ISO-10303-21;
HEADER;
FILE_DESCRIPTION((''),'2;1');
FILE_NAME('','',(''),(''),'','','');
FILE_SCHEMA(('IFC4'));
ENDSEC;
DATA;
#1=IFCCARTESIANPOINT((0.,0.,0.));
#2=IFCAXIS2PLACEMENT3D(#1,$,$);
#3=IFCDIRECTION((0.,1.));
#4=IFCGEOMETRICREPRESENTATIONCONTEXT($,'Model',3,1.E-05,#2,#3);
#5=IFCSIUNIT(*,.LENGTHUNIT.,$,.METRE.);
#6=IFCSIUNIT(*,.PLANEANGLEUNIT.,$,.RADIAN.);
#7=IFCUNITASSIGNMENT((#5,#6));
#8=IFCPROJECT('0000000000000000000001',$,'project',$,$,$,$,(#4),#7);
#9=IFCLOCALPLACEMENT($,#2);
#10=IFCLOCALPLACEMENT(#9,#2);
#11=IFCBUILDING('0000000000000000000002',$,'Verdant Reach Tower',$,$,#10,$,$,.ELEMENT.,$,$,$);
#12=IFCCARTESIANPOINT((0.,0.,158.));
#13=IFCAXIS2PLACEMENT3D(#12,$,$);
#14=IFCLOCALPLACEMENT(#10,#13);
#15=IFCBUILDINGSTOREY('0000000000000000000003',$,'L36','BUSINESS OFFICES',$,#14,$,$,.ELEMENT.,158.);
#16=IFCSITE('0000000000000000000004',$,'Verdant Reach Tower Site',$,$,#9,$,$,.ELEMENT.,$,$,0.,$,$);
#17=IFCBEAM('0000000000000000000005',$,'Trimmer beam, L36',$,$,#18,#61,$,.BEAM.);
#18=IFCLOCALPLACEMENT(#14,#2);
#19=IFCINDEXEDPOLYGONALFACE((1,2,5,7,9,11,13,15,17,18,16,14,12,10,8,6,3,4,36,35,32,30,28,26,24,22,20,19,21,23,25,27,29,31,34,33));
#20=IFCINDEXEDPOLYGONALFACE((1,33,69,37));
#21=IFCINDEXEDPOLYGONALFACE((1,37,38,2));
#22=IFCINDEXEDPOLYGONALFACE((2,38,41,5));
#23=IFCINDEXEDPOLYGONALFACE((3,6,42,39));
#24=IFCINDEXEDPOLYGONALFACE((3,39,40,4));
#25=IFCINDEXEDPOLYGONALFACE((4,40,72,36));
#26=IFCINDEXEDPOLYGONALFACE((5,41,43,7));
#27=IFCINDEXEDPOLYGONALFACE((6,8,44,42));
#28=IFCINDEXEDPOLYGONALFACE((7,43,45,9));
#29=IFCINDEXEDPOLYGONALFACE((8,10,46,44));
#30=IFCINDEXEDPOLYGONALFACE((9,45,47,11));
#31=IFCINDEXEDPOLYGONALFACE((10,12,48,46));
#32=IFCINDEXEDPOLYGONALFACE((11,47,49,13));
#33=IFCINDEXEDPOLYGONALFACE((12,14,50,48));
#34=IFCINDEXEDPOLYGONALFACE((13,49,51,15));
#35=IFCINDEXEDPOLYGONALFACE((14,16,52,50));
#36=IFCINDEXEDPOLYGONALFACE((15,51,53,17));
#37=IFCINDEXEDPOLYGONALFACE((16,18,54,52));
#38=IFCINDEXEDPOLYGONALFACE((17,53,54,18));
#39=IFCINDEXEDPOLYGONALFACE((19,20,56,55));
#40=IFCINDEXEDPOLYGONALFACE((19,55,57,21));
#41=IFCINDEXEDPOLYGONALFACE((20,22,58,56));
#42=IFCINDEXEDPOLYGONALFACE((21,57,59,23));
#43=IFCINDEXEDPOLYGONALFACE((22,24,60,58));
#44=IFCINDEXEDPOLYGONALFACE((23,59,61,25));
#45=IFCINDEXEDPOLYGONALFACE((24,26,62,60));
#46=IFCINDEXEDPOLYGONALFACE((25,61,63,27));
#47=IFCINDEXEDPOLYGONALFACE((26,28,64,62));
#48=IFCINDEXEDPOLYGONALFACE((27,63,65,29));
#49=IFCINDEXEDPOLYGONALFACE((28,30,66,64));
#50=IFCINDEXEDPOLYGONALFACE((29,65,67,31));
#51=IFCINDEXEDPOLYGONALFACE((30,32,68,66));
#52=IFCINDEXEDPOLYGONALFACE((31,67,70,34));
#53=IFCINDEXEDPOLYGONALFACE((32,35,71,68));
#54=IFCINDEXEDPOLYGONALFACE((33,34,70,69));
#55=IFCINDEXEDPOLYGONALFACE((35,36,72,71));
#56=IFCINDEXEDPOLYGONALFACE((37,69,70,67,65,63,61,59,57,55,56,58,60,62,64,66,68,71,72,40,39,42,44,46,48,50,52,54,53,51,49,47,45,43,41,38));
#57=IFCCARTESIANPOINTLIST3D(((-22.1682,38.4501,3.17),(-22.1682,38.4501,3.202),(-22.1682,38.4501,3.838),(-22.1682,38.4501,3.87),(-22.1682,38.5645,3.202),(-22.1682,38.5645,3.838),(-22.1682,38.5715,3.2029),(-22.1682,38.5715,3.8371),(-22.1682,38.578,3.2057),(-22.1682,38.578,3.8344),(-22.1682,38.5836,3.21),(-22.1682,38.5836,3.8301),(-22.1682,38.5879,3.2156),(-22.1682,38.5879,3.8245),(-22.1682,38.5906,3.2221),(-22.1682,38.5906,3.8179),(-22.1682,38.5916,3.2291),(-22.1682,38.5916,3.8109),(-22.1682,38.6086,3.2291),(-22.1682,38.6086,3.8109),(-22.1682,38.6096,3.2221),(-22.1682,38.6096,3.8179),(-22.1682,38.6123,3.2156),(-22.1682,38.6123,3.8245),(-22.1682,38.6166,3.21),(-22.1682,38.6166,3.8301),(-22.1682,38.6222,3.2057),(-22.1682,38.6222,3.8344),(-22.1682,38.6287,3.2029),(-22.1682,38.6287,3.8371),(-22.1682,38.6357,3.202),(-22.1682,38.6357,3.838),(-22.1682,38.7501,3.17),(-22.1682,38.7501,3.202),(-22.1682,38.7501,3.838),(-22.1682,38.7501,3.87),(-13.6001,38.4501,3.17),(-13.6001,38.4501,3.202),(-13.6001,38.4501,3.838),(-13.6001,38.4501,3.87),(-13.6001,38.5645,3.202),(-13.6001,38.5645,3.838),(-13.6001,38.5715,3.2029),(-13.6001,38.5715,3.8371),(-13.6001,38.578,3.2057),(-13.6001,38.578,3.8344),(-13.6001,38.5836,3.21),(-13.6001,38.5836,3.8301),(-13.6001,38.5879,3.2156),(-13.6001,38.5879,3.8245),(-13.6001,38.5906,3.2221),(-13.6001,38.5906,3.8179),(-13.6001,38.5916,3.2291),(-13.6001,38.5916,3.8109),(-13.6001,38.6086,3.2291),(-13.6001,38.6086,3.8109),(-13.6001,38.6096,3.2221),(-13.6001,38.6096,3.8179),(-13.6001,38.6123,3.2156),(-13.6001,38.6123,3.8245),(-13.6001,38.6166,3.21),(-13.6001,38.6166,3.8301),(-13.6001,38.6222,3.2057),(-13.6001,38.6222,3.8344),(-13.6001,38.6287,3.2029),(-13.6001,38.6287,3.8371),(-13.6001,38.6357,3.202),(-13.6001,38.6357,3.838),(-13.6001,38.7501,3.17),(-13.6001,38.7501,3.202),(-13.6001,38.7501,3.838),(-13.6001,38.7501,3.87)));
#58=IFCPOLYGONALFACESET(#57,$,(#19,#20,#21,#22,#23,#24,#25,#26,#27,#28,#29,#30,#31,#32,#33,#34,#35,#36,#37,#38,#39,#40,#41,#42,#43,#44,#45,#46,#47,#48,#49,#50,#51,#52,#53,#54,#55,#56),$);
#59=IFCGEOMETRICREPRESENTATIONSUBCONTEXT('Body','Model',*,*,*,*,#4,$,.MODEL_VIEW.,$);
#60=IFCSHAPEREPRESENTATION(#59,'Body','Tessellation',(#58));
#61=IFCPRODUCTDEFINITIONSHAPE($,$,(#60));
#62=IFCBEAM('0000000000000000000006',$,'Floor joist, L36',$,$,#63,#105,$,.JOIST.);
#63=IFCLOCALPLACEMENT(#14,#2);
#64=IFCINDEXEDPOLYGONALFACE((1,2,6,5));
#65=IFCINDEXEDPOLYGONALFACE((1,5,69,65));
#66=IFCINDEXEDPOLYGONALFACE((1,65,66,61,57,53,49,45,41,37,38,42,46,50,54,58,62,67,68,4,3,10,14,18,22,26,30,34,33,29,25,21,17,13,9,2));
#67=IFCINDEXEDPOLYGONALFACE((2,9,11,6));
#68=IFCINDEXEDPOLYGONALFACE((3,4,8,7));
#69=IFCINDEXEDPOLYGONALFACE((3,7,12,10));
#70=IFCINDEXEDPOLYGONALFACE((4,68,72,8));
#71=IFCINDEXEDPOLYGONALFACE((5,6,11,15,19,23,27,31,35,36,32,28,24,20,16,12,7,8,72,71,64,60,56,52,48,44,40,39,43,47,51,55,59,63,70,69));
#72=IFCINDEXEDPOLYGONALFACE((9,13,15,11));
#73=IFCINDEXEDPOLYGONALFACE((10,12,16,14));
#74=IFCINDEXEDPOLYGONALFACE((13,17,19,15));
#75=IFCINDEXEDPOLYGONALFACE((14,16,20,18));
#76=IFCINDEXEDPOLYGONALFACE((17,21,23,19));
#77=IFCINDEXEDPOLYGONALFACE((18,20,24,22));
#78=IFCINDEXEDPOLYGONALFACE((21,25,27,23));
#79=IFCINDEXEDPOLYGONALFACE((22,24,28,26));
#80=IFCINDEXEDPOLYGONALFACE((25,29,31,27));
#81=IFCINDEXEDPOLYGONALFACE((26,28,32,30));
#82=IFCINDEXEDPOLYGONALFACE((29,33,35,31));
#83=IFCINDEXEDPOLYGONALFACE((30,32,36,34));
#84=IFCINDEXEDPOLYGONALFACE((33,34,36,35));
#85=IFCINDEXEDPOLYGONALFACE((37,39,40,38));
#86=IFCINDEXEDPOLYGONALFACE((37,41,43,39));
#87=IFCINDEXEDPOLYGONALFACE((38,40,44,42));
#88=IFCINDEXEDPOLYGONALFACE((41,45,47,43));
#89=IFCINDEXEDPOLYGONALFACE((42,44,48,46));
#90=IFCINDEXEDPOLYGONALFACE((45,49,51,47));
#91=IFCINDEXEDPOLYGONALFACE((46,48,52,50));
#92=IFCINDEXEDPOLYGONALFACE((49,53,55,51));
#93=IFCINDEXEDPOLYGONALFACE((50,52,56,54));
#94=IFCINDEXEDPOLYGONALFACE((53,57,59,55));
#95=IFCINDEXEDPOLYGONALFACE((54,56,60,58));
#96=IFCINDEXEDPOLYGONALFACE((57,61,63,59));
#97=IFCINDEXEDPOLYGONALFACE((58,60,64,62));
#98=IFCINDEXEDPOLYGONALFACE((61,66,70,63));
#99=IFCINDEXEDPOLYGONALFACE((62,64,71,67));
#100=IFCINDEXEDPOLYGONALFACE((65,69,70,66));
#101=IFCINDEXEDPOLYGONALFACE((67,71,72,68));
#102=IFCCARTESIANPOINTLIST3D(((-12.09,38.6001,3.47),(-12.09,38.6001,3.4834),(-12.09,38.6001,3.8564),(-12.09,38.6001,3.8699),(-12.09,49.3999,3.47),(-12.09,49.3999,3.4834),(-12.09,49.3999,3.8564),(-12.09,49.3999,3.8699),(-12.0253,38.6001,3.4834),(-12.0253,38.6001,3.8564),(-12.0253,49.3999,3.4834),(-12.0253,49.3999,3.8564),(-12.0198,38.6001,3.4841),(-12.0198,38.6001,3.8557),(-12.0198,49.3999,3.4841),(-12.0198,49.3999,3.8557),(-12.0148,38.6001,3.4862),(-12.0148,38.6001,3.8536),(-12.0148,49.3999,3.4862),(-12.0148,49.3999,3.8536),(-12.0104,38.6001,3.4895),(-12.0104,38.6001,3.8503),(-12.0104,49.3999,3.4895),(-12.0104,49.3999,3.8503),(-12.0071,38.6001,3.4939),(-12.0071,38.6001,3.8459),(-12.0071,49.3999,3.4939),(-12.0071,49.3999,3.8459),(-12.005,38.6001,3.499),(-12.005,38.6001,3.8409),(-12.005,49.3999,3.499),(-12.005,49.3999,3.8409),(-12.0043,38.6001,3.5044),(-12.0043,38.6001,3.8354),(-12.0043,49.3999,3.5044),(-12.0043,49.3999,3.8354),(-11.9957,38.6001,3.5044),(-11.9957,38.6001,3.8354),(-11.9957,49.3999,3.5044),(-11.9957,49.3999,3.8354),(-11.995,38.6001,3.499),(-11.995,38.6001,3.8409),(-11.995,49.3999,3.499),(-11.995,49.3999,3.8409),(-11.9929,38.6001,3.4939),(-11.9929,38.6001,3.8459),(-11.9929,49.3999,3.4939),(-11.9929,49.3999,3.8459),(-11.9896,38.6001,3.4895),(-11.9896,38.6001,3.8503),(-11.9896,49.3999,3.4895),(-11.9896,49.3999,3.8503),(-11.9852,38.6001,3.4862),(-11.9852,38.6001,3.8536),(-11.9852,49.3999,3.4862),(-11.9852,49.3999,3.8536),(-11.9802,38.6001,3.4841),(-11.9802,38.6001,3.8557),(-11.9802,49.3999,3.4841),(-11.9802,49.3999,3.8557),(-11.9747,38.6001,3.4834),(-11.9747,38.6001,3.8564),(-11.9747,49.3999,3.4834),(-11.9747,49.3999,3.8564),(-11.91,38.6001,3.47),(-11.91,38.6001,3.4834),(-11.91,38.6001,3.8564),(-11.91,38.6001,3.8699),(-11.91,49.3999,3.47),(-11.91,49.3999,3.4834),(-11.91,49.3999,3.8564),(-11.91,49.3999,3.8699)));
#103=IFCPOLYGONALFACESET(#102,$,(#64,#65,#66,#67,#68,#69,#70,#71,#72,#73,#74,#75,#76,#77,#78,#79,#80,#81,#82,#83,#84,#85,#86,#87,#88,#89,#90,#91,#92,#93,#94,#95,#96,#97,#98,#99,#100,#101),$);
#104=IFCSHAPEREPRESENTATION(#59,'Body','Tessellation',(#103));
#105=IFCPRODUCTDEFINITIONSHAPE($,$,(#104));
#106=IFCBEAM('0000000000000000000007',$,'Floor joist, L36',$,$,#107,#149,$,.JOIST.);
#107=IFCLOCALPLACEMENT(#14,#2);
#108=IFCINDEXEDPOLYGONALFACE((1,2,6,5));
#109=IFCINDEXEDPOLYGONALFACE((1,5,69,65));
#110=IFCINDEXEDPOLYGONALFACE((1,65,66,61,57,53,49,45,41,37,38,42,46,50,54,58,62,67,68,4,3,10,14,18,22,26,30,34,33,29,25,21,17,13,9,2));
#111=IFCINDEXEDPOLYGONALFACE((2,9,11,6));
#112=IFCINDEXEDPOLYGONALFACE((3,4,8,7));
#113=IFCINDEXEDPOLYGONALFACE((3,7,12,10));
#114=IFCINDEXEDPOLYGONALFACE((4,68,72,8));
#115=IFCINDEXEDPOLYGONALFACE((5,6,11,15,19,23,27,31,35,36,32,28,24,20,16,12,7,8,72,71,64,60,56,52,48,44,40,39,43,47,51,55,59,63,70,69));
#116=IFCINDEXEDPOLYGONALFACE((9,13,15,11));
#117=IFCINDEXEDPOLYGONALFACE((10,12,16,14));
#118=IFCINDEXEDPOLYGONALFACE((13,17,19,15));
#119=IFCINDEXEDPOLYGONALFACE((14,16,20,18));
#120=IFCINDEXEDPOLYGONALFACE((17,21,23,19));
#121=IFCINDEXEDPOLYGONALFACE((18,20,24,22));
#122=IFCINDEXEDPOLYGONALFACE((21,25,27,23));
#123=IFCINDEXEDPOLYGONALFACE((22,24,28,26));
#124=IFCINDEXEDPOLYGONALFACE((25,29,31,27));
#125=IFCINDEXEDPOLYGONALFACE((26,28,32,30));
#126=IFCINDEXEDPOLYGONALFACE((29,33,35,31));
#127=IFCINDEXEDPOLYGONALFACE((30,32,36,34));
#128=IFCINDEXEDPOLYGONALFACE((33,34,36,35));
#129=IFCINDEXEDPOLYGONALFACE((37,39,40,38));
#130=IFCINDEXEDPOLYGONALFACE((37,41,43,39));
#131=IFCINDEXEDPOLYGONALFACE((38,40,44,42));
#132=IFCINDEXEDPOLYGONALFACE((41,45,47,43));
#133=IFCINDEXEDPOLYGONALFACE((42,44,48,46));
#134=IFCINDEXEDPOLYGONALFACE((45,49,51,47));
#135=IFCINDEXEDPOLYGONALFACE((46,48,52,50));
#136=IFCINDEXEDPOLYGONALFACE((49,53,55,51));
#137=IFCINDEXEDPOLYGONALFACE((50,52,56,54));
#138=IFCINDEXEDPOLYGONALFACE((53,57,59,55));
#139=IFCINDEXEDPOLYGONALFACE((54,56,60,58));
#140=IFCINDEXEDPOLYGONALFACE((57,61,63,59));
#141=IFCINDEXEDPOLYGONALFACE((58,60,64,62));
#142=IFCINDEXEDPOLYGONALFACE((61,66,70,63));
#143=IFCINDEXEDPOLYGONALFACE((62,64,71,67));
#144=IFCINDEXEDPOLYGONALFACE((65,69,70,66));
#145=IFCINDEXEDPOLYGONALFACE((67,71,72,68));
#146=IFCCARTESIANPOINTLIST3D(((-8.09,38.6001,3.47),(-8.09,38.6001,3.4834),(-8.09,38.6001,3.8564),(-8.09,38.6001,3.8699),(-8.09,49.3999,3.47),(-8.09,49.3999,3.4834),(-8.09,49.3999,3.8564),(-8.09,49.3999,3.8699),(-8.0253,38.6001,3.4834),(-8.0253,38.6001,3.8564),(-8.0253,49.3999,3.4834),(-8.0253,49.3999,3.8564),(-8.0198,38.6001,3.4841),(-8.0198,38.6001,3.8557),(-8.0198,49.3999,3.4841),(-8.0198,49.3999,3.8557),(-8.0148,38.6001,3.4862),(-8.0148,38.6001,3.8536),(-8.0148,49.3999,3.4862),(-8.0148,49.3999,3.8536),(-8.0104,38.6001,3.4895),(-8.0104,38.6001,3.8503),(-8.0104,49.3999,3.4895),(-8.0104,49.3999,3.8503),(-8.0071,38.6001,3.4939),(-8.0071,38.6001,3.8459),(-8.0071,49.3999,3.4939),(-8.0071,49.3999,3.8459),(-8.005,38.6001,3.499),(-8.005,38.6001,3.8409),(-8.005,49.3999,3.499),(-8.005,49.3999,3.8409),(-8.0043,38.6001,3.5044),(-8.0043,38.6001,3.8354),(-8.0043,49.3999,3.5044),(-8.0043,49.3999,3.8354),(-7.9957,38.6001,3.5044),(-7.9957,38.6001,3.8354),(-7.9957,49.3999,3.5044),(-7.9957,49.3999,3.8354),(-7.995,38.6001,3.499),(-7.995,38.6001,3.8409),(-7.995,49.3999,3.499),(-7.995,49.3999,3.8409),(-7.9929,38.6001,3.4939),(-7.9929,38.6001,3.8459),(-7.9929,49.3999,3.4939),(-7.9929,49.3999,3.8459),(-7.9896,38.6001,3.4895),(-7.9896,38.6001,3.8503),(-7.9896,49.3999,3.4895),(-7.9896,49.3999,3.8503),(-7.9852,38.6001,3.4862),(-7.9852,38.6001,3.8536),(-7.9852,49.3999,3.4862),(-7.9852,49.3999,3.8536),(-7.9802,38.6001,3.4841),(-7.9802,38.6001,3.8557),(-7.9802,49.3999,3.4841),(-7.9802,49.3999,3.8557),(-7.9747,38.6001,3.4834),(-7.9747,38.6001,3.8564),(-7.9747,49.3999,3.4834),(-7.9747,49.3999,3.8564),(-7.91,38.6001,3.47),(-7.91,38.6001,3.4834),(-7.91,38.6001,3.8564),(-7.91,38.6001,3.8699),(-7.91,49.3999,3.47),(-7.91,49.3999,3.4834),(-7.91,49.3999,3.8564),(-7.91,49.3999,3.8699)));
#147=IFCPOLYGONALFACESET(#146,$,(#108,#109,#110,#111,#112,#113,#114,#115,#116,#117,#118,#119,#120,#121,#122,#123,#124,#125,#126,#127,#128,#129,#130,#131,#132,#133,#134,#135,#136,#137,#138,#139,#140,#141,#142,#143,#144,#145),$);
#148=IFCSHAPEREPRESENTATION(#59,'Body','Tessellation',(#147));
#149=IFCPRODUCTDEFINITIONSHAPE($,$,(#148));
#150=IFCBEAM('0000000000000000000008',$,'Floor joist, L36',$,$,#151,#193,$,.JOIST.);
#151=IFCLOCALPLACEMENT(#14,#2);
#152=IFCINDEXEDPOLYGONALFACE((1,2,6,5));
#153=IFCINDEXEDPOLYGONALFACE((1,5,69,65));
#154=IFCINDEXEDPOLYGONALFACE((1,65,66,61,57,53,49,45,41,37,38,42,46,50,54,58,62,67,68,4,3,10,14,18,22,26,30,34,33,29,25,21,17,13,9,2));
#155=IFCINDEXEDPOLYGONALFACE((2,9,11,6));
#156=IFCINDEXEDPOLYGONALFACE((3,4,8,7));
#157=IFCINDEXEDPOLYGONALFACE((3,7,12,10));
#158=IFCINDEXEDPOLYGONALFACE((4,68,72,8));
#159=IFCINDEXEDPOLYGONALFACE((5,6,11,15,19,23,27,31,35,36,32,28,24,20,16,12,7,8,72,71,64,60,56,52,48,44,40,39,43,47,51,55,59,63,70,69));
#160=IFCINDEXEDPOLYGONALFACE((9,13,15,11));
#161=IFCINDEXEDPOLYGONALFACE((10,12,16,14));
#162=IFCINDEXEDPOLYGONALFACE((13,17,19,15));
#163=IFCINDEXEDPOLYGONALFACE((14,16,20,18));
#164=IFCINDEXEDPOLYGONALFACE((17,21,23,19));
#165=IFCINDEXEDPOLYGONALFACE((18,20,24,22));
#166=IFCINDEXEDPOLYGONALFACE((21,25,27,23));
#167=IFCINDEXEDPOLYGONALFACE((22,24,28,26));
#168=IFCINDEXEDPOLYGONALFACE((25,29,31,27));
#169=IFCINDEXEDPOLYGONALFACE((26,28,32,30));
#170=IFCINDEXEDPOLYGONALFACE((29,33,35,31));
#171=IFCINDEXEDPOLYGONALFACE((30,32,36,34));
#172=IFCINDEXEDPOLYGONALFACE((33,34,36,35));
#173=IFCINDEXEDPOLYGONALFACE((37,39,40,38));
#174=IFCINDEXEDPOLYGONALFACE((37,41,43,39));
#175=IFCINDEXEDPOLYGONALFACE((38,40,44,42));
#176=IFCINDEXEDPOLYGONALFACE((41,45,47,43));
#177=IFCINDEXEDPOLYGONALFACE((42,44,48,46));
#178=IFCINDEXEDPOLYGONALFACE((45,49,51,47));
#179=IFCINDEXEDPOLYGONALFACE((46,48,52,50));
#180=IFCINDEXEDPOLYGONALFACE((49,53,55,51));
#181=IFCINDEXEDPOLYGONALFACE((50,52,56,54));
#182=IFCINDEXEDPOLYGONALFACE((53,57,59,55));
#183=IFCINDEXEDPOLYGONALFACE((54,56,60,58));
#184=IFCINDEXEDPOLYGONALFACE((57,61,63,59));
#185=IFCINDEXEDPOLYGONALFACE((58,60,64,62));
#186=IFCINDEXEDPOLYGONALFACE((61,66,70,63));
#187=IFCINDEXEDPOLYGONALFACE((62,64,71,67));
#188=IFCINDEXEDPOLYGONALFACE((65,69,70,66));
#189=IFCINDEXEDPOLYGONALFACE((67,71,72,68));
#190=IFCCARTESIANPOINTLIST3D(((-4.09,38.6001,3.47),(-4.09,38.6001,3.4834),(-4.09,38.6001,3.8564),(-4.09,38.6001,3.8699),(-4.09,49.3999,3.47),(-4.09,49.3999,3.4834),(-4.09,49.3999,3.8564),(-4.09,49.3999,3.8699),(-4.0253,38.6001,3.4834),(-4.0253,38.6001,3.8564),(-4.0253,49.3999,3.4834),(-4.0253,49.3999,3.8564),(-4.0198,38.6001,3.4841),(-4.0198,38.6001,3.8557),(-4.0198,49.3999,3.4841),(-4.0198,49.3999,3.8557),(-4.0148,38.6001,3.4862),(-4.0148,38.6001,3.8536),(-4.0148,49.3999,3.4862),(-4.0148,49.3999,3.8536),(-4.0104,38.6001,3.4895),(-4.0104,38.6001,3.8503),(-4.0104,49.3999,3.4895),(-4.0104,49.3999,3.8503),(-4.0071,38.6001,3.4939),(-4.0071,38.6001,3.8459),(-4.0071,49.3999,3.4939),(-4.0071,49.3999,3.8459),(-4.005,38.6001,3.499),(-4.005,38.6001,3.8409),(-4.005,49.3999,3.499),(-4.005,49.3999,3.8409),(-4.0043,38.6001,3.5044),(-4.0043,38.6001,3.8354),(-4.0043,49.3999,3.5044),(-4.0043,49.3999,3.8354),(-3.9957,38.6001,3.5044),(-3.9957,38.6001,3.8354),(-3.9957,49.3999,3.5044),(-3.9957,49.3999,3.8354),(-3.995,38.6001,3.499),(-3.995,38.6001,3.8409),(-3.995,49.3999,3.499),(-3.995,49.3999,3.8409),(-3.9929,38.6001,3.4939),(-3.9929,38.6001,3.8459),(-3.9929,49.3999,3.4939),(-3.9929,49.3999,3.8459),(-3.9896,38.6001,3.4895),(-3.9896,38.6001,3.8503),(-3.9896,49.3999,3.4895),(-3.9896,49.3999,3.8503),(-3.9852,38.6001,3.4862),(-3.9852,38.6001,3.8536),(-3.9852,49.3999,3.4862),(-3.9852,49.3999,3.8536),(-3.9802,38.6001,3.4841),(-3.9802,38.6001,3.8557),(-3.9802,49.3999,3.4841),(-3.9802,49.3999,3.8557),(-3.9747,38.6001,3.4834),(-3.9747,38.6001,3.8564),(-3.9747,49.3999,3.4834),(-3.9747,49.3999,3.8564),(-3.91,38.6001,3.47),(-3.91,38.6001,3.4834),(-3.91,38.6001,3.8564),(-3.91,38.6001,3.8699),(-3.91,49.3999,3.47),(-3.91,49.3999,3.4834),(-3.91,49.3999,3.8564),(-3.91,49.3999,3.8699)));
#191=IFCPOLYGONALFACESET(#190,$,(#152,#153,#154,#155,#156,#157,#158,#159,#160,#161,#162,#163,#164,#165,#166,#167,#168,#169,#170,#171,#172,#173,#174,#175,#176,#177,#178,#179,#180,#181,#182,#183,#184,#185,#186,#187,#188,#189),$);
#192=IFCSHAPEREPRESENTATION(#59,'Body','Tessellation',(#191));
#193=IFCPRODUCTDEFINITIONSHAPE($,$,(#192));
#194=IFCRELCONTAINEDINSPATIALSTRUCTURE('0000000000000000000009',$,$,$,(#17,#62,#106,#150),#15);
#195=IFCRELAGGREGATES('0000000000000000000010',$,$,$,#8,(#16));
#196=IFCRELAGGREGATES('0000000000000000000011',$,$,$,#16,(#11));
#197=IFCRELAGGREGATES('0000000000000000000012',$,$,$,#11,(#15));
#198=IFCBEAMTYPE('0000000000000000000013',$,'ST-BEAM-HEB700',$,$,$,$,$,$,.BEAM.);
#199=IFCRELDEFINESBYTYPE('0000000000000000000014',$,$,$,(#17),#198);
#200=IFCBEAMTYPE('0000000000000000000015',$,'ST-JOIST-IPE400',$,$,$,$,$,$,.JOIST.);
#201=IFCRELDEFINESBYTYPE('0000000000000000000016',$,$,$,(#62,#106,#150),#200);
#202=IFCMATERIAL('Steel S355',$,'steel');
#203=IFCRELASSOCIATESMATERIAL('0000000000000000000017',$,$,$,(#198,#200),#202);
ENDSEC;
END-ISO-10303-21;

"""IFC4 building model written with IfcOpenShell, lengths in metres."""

from ifc_helpers import new_model, si_unit, direction, frame, origin, origin_2d, place, context, subcontext, project, spatial, i_section, extrude, material, material_profile, profile_set, type_object, element, save


model = new_model("IFC4")

# Units and contexts
model_context = context("Model", 3, precision=1e-05, world=origin(), true_north=direction((0.0, 1.0)))
body_context = subcontext(model_context, "Body", "Model", "MODEL_VIEW")
ifc_project = project(units=[si_unit("LENGTHUNIT", "METRE"), si_unit("PLANEANGLEUNIT", "RADIAN")], contexts=[model_context])

# Site, building, storey
site_placement = place(None, origin())
site = spatial("IfcSite", under=ifc_project, at=site_placement, Name="Verdant Reach Tower Site", CompositionType="ELEMENT", RefElevation=0.0)
building_placement = place(site_placement, origin())
building = spatial("IfcBuilding", under=site, at=building_placement, Name="Verdant Reach Tower", CompositionType="ELEMENT")
storey_placement = place(building_placement, frame((0.0, 0.0, 158.0)))
storey = spatial("IfcBuildingStorey", under=building, at=storey_placement, Name="L36", Description="BUSINESS OFFICES", CompositionType="ELEMENT", Elevation=158.0)

# Beams
ifc_material_1 = material(Name="Steel S355", Category="steel")
ifc_material_profile_1 = material_profile(ifc_material_1, i_section(OverallWidth=0.3, OverallDepth=0.7, WebThickness=0.0171, FlangeThickness=0.032, FilletRadius=0.0271, at=origin_2d()), Name="HEB 700")
ifc_profile_set_1 = profile_set([ifc_material_profile_1], Name="Steel S355")
beam_type_1 = type_object("IfcBeamType", Name="ST-BEAM-HEB700", PredefinedType="BEAM", material=ifc_profile_set_1)
beam_placement = place(storey_placement, frame((-13.6001, 38.6001, 3.52), z_axis=(-1.0, 0.0, 0.0), x_axis=(0.0, -1.0, 0.0)))
element("IfcBeam", 1, at=beam_placement, inside=storey, type_object=beam_type_1, Name="Trimmer beam, L36", PredefinedType="BEAM", context=body_context, shape_type="SweptSolid", body=[
    extrude(i_section(OverallWidth=0.3, OverallDepth=0.7, WebThickness=0.0171, FlangeThickness=0.032, FilletRadius=0.0271, at=origin_2d()), origin(), (0.0, 0.0, 1.0), 8.5681),
])
ifc_material_profile_2 = material_profile(ifc_material_1, i_section(OverallWidth=0.1799, OverallDepth=0.3999, WebThickness=0.0085, FlangeThickness=0.0134, FilletRadius=0.021, at=origin_2d()), Name="IPE 400")
ifc_profile_set_2 = profile_set([ifc_material_profile_2], Name="Steel S355")
beam_type_2 = type_object("IfcBeamType", Name="ST-JOIST-IPE400", PredefinedType="JOIST", material=ifc_profile_set_2)
for number, where, z_axis, x_axis, name in (
    (2, (-12.0, 38.6001, 3.6699), (0.0, 1.0, 0.0), (-1.0, 0.0, 0.0), "Floor joist, L36"),
    (3, (-8.0, 38.6001, 3.6699), (0.0, 1.0, 0.0), (-1.0, 0.0, 0.0), "Floor joist, L36"),
    (4, (-4.0, 38.6001, 3.6699), (0.0, 1.0, 0.0), (-1.0, 0.0, 0.0), "Floor joist, L36"),
):
    element("IfcBeam", number, at=place(storey_placement, frame(where, z_axis=z_axis, x_axis=x_axis)), inside=storey, type_object=beam_type_2, Name=name, PredefinedType="JOIST", context=body_context, shape_type="SweptSolid", body=[
        extrude(i_section(OverallWidth=0.1799, OverallDepth=0.3999, WebThickness=0.0085, FlangeThickness=0.0134, FilletRadius=0.021, at=origin_2d()), origin(), (0.0, 0.0, 1.0), 10.7998),
    ])

save(model, "model.ifc")
